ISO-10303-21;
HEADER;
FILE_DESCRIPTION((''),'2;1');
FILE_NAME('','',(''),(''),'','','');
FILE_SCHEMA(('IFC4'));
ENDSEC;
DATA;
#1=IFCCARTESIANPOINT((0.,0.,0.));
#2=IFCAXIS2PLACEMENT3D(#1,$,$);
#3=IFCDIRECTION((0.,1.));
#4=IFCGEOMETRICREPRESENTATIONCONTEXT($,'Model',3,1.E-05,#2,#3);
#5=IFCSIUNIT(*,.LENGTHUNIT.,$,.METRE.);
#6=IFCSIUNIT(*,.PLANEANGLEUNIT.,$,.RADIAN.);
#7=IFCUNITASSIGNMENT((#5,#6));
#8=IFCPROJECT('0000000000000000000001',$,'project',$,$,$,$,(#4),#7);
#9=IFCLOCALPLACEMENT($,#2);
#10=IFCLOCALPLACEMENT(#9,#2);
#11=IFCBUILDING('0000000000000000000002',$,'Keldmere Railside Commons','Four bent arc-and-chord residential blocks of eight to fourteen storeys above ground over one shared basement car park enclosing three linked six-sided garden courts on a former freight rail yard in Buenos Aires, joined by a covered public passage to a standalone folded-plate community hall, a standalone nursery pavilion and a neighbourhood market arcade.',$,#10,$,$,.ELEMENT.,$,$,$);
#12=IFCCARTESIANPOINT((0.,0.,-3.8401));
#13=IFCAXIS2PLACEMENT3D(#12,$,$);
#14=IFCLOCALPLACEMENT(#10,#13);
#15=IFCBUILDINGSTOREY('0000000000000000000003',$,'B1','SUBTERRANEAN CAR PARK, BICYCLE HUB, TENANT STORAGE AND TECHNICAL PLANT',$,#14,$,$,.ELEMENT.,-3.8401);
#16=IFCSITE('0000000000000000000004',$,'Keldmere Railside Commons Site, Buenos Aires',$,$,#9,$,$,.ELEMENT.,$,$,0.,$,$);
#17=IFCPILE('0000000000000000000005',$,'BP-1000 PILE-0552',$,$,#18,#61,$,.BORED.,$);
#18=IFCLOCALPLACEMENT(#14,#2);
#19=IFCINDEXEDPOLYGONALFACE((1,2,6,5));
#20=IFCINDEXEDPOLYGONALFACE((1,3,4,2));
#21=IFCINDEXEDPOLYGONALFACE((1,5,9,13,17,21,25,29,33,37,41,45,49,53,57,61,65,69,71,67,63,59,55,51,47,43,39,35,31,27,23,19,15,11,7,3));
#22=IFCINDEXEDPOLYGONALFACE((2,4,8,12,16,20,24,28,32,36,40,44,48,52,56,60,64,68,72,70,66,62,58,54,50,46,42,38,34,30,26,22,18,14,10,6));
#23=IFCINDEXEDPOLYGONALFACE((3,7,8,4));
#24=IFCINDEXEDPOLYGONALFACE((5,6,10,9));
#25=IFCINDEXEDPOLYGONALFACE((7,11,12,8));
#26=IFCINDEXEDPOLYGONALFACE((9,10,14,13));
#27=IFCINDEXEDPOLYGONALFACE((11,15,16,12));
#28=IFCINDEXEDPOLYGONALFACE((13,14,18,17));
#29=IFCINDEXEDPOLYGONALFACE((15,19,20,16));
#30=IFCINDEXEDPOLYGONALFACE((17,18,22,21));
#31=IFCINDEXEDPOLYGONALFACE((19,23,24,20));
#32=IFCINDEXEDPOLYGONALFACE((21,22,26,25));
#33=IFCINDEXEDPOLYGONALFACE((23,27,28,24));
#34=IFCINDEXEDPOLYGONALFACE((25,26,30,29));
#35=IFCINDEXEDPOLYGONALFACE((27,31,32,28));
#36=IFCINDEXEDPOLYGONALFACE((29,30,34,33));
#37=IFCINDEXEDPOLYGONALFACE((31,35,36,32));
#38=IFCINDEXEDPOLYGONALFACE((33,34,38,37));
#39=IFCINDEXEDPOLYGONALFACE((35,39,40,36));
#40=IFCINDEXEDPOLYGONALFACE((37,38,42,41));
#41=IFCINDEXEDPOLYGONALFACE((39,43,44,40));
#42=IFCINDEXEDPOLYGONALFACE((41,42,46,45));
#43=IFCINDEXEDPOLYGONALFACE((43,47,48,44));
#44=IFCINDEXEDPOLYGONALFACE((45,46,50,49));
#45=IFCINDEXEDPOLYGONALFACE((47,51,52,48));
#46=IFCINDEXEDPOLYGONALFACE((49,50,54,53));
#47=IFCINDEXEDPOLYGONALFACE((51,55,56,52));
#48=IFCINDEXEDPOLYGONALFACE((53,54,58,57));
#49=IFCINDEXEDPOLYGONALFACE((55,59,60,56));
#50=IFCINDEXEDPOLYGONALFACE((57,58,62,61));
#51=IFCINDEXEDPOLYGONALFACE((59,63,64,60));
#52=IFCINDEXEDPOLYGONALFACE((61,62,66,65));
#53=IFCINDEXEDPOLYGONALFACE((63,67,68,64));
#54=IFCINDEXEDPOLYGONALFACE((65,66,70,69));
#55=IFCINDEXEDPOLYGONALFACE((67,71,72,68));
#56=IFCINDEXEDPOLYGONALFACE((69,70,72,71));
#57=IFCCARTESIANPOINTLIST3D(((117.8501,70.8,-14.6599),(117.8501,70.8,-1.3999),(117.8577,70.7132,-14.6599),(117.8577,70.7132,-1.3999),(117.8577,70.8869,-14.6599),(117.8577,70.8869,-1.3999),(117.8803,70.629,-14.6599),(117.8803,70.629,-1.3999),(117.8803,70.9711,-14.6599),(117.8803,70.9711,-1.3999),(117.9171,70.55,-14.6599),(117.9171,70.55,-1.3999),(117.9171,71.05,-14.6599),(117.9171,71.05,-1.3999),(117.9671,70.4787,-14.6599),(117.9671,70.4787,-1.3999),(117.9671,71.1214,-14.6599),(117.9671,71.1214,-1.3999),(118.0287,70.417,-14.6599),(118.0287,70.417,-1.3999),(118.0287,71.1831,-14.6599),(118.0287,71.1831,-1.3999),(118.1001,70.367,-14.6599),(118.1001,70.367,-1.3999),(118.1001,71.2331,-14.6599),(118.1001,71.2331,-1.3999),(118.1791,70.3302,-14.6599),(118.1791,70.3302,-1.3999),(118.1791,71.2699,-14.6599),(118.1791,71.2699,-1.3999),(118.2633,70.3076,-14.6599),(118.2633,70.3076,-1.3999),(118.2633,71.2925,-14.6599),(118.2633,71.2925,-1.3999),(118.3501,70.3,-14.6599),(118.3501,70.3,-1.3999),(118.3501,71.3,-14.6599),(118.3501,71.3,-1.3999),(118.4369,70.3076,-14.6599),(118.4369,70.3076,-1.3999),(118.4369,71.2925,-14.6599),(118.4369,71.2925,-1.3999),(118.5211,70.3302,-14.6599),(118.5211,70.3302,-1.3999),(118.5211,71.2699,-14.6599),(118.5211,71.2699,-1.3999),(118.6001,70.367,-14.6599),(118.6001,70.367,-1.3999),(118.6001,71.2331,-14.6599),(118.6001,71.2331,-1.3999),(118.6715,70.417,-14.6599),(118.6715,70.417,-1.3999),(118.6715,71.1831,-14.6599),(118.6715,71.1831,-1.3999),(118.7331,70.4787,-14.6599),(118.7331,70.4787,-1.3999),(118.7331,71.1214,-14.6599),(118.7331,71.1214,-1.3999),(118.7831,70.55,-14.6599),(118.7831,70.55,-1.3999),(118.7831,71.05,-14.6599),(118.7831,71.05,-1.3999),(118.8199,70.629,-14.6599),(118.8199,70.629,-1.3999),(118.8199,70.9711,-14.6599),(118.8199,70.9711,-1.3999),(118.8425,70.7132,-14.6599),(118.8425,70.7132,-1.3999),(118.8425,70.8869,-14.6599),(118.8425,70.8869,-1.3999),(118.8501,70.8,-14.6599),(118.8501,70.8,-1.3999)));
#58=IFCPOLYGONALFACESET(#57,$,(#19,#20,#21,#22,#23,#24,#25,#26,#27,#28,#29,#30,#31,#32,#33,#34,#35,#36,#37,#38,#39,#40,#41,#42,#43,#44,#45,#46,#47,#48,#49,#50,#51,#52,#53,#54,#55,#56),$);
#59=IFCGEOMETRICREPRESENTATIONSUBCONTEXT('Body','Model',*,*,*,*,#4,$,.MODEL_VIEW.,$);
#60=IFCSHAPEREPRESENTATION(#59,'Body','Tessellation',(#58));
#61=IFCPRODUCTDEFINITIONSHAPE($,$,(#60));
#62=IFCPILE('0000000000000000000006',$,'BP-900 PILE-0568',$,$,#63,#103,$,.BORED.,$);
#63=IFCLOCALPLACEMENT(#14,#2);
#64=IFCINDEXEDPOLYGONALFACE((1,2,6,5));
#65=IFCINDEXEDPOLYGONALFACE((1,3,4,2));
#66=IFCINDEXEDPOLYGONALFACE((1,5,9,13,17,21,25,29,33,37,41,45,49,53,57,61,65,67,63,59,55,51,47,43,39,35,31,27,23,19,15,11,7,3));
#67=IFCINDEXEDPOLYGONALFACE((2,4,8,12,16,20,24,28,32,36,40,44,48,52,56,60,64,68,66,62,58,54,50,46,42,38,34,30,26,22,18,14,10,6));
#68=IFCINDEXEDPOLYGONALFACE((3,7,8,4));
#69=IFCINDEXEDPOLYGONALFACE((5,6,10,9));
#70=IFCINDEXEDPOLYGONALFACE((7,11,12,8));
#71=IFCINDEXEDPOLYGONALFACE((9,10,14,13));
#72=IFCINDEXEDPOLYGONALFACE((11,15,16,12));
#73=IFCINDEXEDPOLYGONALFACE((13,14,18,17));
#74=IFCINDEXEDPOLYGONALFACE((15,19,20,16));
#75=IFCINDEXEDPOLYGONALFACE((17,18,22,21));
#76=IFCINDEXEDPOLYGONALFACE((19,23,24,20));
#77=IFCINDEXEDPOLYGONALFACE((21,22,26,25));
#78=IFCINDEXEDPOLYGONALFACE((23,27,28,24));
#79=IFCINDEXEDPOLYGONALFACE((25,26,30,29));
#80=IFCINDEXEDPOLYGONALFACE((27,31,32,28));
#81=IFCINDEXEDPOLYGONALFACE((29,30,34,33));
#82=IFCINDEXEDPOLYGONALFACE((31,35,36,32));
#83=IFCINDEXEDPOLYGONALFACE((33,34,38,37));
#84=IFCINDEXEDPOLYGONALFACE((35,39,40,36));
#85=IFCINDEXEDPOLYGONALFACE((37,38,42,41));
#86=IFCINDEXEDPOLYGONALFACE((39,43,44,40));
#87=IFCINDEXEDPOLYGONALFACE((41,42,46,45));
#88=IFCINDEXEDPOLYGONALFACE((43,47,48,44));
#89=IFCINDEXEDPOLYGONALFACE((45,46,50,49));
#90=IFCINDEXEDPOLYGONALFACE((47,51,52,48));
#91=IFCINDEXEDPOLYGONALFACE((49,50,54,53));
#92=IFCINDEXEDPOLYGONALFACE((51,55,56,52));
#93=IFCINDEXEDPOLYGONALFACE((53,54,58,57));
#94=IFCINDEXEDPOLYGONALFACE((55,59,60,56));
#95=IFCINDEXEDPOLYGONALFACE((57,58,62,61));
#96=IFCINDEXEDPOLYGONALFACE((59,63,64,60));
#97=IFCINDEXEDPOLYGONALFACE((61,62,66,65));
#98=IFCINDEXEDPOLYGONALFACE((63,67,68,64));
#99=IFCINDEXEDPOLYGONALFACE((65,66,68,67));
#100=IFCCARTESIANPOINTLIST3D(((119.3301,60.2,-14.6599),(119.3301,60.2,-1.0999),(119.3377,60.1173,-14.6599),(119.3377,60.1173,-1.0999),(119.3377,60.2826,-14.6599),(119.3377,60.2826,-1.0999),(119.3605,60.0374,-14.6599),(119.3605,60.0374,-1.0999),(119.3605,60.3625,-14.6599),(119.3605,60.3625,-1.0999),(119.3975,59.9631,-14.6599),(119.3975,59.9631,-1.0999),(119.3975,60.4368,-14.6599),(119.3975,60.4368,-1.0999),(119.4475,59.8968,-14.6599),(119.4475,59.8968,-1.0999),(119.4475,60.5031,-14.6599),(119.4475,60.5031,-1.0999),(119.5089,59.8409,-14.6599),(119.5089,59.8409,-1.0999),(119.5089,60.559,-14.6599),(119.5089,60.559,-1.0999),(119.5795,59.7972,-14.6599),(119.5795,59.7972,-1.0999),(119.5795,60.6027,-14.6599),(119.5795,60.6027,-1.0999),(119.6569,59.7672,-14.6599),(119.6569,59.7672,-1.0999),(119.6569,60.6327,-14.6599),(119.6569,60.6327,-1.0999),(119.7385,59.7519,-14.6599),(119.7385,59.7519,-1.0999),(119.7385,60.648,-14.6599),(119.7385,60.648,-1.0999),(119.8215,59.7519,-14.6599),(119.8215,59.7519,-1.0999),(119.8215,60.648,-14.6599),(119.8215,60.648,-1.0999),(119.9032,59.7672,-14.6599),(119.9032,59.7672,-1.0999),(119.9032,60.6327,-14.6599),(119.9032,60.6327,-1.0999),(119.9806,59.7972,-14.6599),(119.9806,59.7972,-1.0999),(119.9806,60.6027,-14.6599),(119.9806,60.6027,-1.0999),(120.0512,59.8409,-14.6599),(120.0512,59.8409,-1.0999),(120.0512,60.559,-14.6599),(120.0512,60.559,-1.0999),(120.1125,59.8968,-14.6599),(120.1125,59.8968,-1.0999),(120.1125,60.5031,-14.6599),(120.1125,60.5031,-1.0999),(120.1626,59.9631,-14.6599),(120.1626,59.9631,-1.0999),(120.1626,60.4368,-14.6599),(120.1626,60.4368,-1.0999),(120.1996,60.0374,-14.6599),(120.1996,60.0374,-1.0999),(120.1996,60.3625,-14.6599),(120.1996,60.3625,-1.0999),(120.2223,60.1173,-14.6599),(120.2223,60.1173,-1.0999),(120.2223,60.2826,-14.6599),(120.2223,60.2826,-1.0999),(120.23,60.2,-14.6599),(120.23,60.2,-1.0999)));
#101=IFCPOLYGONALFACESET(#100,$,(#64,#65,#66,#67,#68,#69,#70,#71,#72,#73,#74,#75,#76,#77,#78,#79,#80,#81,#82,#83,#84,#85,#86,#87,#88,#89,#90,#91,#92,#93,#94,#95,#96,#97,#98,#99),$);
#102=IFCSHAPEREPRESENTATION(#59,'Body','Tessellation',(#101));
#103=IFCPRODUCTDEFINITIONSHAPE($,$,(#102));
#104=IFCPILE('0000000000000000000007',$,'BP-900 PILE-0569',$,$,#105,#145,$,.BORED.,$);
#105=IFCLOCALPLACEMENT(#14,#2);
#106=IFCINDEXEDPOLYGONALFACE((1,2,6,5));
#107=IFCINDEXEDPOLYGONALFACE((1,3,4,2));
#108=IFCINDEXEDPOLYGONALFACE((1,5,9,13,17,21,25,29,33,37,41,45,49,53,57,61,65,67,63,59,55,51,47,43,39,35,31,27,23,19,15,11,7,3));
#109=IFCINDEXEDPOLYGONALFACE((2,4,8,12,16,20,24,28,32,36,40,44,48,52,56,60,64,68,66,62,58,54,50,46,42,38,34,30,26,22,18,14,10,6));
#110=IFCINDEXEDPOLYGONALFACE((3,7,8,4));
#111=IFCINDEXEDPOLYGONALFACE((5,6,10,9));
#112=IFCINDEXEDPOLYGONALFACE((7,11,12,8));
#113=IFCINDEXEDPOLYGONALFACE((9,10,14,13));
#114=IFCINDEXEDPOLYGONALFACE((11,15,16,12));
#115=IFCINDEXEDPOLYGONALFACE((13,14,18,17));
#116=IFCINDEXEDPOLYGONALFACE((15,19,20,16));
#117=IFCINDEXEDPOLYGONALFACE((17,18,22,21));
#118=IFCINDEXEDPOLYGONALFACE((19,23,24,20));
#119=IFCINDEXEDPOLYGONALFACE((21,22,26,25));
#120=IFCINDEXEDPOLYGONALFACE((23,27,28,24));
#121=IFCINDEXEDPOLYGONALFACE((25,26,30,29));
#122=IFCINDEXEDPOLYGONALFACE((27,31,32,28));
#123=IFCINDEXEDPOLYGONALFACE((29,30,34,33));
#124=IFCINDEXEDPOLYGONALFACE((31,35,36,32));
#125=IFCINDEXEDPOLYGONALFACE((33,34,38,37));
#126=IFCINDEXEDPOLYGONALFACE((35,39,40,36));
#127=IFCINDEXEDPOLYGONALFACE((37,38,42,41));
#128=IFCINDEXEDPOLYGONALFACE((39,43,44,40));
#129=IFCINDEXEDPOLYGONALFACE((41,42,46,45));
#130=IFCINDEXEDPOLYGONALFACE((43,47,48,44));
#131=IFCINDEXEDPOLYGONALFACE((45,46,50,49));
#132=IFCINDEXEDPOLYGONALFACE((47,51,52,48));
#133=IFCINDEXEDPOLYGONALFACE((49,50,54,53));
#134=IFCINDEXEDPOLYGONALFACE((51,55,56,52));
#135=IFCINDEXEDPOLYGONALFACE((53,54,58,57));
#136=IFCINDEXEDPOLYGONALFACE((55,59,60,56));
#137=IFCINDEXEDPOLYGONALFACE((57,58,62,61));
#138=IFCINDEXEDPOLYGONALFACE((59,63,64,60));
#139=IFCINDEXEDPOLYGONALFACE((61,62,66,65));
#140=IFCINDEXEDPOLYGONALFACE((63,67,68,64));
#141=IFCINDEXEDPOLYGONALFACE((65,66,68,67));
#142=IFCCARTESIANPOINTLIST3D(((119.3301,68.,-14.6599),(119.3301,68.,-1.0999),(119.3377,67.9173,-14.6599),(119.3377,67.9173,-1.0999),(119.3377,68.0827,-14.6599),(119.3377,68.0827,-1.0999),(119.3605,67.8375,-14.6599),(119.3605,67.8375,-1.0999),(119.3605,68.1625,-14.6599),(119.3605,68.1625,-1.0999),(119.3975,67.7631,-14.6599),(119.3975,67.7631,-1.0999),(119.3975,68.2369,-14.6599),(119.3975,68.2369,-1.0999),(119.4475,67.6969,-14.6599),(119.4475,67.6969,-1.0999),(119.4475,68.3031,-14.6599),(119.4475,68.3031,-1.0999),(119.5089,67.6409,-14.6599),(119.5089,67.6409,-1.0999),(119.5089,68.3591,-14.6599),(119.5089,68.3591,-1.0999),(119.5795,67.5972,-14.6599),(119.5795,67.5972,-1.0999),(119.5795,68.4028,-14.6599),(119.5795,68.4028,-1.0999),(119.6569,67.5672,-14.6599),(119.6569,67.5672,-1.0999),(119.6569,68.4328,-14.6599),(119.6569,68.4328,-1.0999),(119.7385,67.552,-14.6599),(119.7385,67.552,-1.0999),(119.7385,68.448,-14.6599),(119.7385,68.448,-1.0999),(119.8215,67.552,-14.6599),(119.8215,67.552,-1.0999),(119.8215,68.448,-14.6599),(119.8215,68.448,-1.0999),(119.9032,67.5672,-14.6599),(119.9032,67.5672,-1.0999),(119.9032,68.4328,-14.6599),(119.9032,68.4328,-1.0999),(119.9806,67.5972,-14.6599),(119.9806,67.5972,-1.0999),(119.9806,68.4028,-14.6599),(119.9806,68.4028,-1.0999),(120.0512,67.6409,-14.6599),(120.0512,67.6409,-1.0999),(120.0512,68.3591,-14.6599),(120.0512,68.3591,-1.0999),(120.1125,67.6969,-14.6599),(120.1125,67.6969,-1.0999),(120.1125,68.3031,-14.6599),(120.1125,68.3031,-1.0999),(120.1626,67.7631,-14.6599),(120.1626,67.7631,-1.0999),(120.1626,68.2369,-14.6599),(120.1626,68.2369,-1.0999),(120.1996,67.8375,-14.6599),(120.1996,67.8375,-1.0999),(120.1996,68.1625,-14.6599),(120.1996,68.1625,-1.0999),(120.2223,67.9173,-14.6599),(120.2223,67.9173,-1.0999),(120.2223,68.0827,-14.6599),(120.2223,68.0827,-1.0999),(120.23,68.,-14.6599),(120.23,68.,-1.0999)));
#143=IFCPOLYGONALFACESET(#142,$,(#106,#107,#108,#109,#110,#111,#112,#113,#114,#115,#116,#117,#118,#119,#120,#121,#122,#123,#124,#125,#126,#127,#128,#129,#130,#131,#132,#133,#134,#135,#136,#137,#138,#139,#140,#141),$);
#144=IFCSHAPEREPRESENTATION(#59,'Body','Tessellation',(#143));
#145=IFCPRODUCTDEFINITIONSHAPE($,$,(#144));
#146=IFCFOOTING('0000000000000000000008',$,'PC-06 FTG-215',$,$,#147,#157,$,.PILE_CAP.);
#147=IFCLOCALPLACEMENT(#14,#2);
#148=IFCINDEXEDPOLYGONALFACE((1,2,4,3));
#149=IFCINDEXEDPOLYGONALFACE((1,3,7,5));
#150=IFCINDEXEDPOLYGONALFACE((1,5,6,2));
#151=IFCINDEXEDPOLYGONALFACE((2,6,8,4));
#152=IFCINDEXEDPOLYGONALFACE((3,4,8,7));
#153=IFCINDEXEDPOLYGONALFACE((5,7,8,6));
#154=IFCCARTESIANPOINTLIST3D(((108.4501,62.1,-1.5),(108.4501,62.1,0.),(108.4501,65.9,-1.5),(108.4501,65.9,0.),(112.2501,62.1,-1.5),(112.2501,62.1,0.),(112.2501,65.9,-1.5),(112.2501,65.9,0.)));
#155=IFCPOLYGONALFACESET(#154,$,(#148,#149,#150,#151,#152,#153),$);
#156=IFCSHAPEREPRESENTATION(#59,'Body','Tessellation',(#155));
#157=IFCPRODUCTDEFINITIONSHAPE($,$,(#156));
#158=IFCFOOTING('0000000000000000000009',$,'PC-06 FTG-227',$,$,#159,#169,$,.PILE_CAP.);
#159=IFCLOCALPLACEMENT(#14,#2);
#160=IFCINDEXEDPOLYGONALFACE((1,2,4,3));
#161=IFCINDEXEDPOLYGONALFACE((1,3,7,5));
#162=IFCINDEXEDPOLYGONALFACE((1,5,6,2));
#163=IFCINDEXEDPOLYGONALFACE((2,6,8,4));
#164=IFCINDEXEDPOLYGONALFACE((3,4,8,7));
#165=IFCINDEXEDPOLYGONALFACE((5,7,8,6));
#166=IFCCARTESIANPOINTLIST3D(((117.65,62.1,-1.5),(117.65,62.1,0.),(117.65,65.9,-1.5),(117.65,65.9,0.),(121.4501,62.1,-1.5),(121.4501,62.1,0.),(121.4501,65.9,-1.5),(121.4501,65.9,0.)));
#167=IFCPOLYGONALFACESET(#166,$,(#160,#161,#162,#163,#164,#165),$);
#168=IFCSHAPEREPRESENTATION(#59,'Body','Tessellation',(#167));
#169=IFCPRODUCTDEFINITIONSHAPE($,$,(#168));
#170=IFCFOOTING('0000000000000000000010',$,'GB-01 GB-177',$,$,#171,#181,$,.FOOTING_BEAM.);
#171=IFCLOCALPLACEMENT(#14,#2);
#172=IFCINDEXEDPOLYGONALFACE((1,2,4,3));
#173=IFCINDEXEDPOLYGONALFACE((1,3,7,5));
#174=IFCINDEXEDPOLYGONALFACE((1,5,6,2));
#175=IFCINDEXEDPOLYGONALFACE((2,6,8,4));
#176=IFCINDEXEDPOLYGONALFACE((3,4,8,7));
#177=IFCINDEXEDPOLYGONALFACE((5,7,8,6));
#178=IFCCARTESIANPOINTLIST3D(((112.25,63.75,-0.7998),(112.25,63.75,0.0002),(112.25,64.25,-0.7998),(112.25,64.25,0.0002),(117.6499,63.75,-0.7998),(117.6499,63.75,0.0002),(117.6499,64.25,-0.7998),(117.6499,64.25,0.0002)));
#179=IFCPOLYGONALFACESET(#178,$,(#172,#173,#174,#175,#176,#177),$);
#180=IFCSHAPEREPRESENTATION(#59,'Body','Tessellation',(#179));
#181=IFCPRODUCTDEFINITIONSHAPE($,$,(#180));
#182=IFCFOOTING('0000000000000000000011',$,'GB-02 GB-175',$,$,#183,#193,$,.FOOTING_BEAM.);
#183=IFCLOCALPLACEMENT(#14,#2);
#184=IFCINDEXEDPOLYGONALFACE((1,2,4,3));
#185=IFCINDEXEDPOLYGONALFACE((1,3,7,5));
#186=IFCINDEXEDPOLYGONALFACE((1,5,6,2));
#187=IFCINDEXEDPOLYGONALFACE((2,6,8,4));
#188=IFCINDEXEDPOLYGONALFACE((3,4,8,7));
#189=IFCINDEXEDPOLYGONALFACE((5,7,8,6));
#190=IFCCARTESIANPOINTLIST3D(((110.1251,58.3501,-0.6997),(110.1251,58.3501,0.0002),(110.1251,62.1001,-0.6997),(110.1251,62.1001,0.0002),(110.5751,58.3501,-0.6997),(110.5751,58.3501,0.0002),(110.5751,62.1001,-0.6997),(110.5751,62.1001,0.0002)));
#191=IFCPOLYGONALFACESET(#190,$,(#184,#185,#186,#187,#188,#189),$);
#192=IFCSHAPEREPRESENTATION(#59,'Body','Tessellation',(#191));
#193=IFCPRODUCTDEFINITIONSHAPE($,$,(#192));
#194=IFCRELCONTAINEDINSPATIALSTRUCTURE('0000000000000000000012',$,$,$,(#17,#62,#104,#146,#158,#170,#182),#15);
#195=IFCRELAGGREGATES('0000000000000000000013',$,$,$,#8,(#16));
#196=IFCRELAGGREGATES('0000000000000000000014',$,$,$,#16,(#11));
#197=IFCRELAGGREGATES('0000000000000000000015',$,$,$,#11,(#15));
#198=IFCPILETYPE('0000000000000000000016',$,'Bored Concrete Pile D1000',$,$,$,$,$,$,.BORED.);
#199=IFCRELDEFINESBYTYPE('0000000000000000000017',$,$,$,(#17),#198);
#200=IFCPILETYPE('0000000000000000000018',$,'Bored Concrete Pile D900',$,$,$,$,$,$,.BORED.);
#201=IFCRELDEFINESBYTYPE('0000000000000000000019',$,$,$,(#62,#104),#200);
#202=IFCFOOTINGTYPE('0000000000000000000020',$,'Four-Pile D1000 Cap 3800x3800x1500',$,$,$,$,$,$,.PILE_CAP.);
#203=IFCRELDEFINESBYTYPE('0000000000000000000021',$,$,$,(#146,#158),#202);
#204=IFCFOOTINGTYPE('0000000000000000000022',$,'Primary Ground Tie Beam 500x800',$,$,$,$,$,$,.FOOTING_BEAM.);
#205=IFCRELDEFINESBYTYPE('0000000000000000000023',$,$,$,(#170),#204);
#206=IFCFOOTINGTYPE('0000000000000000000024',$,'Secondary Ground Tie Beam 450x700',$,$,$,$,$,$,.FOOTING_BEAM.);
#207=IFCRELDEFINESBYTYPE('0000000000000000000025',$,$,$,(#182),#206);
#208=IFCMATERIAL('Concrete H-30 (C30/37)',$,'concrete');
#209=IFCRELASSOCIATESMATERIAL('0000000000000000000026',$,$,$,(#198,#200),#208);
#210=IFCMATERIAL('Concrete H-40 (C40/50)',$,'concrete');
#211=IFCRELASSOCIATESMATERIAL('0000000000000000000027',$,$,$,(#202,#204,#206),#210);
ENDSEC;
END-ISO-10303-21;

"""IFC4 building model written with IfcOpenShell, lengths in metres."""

from ifc_helpers import new_model, si_unit, direction, frame, origin, origin_2d, place, context, subcontext, project, spatial, rectangle, circle, extrude, material, material_profile, profile_set, type_object, element, save


model = new_model("IFC4")

# Units and contexts
model_context = context("Model", 3, precision=1e-05, world=origin(), true_north=direction((0.0, 1.0)))
body_context = subcontext(model_context, "Body", "Model", "MODEL_VIEW")
ifc_project = project(units=[si_unit("LENGTHUNIT", "METRE"), si_unit("PLANEANGLEUNIT", "RADIAN")], contexts=[model_context])

# Site, building, storey
site_placement = place(None, origin())
site = spatial("IfcSite", under=ifc_project, at=site_placement, Name="Keldmere Railside Commons Site, Buenos Aires", CompositionType="ELEMENT", RefElevation=0.0)
building_placement = place(site_placement, origin())
building = spatial("IfcBuilding", under=site, at=building_placement, Name="Keldmere Railside Commons", Description="Four bent arc-and-chord residential blocks of eight to fourteen storeys above ground over one shared basement car park enclosing three linked six-sided garden courts on a former freight rail yard in Buenos Aires, joined by a covered public passage to a standalone folded-plate community hall, a standalone nursery pavilion and a neighbourhood market arcade.", CompositionType="ELEMENT")
storey_placement = place(building_placement, frame((0.0, 0.0, -3.8401)))
storey = spatial("IfcBuildingStorey", under=building, at=storey_placement, Name="B1", Description="SUBTERRANEAN CAR PARK, BICYCLE HUB, TENANT STORAGE AND TECHNICAL PLANT", CompositionType="ELEMENT", Elevation=-3.8401)

# Piles
ifc_material_1 = material(Name="Concrete H-30 (C30/37)", Category="concrete")
ifc_material_profile_1 = material_profile(ifc_material_1, circle(Radius=0.5, at=origin_2d()), Name="PILE-D1000")
ifc_profile_set_1 = profile_set([ifc_material_profile_1], Name="Concrete H-30 (C30/37)")
pile_type_1 = type_object("IfcPileType", Name="Bored Concrete Pile D1000", PredefinedType="BORED", material=ifc_profile_set_1)
for number, where, z_axis, x_axis, name in (
    (1, (118.3501, 70.8, -1.3999), (0.0, 0.0, -1.0), (1.0, 0.0, 0.0), "BP-1000 PILE-0552"),
):
    element("IfcPile", number, at=place(storey_placement, frame(where, z_axis=z_axis, x_axis=x_axis)), inside=storey, type_object=pile_type_1, Name=name, PredefinedType="BORED", context=body_context, shape_type="SweptSolid", body=[
        extrude(circle(Radius=0.5, at=origin_2d()), origin(), (0.0, 0.0, 1.0), 13.26),
    ])
ifc_material_profile_2 = material_profile(ifc_material_1, circle(Radius=0.45, at=origin_2d()), Name="PILE-D900")
ifc_profile_set_2 = profile_set([ifc_material_profile_2], Name="Concrete H-30 (C30/37)")
pile_type_2 = type_object("IfcPileType", Name="Bored Concrete Pile D900", PredefinedType="BORED", material=ifc_profile_set_2)
for number, where, z_axis, x_axis, name in (
    (2, (119.78, 60.2, -1.0999), (0.0, 0.0, -1.0), (1.0, 0.0, 0.0), "BP-900 PILE-0568"),
    (3, (119.78, 68.0, -1.0999), (0.0, 0.0, -1.0), (1.0, 0.0, 0.0), "BP-900 PILE-0569"),
):
    element("IfcPile", number, at=place(storey_placement, frame(where, z_axis=z_axis, x_axis=x_axis)), inside=storey, type_object=pile_type_2, Name=name, PredefinedType="BORED", context=body_context, shape_type="SweptSolid", body=[
        extrude(circle(Radius=0.45, at=origin_2d()), origin(), (0.0, 0.0, 1.0), 13.5601),
    ])

# Footings
ifc_material_2 = material(Name="Concrete H-40 (C40/50)", Category="concrete")
footing_type_1 = type_object("IfcFootingType", Name="Four-Pile D1000 Cap 3800x3800x1500", PredefinedType="PILE_CAP", material=ifc_material_2)
for number, where, z_axis, x_axis, name in (
    (4, (110.3501, 64.0, -1.5), (0.0, 0.0, 1.0), (1.0, 0.0, 0.0), "PC-06 FTG-215"),
    (5, (119.55, 64.0, -1.5), (0.0, 0.0, 1.0), (1.0, 0.0, 0.0), "PC-06 FTG-227"),
):
    element("IfcFooting", number, at=place(storey_placement, frame(where, z_axis=z_axis, x_axis=x_axis)), inside=storey, type_object=footing_type_1, Name=name, PredefinedType="PILE_CAP", context=body_context, shape_type="SweptSolid", body=[
        extrude(rectangle(XDim=3.8, YDim=3.8, at=origin_2d()), origin(), (0.0, 0.0, 1.0), 1.5),
    ])
footing_type_2 = type_object("IfcFootingType", Name="Primary Ground Tie Beam 500x800", PredefinedType="FOOTING_BEAM", material=ifc_material_2)
footing_1_placement = place(storey_placement, frame((114.95, 64.0, -0.7998), z_axis=(0.0, 0.0, 1.0), x_axis=(1.0, 0.0, 0.0)))
element("IfcFooting", 6, at=footing_1_placement, inside=storey, type_object=footing_type_2, Name="GB-01 GB-177", PredefinedType="FOOTING_BEAM", context=body_context, shape_type="SweptSolid", body=[
    extrude(rectangle(XDim=5.3999, YDim=0.5, at=origin_2d()), origin(), (0.0, 0.0, 1.0), 0.8),
])
footing_type_3 = type_object("IfcFootingType", Name="Secondary Ground Tie Beam 450x700", PredefinedType="FOOTING_BEAM", material=ifc_material_2)
footing_2_placement = place(storey_placement, frame((110.3501, 60.2251, -0.6997), z_axis=(0.0, 0.0, 1.0), x_axis=(0.0, 1.0, 0.0)))
element("IfcFooting", 7, at=footing_2_placement, inside=storey, type_object=footing_type_3, Name="GB-02 GB-175", PredefinedType="FOOTING_BEAM", context=body_context, shape_type="SweptSolid", body=[
    extrude(rectangle(XDim=3.75, YDim=0.45, at=origin_2d()), origin(), (0.0, 0.0, 1.0), 0.7),
])

save(model, "model.ifc")
